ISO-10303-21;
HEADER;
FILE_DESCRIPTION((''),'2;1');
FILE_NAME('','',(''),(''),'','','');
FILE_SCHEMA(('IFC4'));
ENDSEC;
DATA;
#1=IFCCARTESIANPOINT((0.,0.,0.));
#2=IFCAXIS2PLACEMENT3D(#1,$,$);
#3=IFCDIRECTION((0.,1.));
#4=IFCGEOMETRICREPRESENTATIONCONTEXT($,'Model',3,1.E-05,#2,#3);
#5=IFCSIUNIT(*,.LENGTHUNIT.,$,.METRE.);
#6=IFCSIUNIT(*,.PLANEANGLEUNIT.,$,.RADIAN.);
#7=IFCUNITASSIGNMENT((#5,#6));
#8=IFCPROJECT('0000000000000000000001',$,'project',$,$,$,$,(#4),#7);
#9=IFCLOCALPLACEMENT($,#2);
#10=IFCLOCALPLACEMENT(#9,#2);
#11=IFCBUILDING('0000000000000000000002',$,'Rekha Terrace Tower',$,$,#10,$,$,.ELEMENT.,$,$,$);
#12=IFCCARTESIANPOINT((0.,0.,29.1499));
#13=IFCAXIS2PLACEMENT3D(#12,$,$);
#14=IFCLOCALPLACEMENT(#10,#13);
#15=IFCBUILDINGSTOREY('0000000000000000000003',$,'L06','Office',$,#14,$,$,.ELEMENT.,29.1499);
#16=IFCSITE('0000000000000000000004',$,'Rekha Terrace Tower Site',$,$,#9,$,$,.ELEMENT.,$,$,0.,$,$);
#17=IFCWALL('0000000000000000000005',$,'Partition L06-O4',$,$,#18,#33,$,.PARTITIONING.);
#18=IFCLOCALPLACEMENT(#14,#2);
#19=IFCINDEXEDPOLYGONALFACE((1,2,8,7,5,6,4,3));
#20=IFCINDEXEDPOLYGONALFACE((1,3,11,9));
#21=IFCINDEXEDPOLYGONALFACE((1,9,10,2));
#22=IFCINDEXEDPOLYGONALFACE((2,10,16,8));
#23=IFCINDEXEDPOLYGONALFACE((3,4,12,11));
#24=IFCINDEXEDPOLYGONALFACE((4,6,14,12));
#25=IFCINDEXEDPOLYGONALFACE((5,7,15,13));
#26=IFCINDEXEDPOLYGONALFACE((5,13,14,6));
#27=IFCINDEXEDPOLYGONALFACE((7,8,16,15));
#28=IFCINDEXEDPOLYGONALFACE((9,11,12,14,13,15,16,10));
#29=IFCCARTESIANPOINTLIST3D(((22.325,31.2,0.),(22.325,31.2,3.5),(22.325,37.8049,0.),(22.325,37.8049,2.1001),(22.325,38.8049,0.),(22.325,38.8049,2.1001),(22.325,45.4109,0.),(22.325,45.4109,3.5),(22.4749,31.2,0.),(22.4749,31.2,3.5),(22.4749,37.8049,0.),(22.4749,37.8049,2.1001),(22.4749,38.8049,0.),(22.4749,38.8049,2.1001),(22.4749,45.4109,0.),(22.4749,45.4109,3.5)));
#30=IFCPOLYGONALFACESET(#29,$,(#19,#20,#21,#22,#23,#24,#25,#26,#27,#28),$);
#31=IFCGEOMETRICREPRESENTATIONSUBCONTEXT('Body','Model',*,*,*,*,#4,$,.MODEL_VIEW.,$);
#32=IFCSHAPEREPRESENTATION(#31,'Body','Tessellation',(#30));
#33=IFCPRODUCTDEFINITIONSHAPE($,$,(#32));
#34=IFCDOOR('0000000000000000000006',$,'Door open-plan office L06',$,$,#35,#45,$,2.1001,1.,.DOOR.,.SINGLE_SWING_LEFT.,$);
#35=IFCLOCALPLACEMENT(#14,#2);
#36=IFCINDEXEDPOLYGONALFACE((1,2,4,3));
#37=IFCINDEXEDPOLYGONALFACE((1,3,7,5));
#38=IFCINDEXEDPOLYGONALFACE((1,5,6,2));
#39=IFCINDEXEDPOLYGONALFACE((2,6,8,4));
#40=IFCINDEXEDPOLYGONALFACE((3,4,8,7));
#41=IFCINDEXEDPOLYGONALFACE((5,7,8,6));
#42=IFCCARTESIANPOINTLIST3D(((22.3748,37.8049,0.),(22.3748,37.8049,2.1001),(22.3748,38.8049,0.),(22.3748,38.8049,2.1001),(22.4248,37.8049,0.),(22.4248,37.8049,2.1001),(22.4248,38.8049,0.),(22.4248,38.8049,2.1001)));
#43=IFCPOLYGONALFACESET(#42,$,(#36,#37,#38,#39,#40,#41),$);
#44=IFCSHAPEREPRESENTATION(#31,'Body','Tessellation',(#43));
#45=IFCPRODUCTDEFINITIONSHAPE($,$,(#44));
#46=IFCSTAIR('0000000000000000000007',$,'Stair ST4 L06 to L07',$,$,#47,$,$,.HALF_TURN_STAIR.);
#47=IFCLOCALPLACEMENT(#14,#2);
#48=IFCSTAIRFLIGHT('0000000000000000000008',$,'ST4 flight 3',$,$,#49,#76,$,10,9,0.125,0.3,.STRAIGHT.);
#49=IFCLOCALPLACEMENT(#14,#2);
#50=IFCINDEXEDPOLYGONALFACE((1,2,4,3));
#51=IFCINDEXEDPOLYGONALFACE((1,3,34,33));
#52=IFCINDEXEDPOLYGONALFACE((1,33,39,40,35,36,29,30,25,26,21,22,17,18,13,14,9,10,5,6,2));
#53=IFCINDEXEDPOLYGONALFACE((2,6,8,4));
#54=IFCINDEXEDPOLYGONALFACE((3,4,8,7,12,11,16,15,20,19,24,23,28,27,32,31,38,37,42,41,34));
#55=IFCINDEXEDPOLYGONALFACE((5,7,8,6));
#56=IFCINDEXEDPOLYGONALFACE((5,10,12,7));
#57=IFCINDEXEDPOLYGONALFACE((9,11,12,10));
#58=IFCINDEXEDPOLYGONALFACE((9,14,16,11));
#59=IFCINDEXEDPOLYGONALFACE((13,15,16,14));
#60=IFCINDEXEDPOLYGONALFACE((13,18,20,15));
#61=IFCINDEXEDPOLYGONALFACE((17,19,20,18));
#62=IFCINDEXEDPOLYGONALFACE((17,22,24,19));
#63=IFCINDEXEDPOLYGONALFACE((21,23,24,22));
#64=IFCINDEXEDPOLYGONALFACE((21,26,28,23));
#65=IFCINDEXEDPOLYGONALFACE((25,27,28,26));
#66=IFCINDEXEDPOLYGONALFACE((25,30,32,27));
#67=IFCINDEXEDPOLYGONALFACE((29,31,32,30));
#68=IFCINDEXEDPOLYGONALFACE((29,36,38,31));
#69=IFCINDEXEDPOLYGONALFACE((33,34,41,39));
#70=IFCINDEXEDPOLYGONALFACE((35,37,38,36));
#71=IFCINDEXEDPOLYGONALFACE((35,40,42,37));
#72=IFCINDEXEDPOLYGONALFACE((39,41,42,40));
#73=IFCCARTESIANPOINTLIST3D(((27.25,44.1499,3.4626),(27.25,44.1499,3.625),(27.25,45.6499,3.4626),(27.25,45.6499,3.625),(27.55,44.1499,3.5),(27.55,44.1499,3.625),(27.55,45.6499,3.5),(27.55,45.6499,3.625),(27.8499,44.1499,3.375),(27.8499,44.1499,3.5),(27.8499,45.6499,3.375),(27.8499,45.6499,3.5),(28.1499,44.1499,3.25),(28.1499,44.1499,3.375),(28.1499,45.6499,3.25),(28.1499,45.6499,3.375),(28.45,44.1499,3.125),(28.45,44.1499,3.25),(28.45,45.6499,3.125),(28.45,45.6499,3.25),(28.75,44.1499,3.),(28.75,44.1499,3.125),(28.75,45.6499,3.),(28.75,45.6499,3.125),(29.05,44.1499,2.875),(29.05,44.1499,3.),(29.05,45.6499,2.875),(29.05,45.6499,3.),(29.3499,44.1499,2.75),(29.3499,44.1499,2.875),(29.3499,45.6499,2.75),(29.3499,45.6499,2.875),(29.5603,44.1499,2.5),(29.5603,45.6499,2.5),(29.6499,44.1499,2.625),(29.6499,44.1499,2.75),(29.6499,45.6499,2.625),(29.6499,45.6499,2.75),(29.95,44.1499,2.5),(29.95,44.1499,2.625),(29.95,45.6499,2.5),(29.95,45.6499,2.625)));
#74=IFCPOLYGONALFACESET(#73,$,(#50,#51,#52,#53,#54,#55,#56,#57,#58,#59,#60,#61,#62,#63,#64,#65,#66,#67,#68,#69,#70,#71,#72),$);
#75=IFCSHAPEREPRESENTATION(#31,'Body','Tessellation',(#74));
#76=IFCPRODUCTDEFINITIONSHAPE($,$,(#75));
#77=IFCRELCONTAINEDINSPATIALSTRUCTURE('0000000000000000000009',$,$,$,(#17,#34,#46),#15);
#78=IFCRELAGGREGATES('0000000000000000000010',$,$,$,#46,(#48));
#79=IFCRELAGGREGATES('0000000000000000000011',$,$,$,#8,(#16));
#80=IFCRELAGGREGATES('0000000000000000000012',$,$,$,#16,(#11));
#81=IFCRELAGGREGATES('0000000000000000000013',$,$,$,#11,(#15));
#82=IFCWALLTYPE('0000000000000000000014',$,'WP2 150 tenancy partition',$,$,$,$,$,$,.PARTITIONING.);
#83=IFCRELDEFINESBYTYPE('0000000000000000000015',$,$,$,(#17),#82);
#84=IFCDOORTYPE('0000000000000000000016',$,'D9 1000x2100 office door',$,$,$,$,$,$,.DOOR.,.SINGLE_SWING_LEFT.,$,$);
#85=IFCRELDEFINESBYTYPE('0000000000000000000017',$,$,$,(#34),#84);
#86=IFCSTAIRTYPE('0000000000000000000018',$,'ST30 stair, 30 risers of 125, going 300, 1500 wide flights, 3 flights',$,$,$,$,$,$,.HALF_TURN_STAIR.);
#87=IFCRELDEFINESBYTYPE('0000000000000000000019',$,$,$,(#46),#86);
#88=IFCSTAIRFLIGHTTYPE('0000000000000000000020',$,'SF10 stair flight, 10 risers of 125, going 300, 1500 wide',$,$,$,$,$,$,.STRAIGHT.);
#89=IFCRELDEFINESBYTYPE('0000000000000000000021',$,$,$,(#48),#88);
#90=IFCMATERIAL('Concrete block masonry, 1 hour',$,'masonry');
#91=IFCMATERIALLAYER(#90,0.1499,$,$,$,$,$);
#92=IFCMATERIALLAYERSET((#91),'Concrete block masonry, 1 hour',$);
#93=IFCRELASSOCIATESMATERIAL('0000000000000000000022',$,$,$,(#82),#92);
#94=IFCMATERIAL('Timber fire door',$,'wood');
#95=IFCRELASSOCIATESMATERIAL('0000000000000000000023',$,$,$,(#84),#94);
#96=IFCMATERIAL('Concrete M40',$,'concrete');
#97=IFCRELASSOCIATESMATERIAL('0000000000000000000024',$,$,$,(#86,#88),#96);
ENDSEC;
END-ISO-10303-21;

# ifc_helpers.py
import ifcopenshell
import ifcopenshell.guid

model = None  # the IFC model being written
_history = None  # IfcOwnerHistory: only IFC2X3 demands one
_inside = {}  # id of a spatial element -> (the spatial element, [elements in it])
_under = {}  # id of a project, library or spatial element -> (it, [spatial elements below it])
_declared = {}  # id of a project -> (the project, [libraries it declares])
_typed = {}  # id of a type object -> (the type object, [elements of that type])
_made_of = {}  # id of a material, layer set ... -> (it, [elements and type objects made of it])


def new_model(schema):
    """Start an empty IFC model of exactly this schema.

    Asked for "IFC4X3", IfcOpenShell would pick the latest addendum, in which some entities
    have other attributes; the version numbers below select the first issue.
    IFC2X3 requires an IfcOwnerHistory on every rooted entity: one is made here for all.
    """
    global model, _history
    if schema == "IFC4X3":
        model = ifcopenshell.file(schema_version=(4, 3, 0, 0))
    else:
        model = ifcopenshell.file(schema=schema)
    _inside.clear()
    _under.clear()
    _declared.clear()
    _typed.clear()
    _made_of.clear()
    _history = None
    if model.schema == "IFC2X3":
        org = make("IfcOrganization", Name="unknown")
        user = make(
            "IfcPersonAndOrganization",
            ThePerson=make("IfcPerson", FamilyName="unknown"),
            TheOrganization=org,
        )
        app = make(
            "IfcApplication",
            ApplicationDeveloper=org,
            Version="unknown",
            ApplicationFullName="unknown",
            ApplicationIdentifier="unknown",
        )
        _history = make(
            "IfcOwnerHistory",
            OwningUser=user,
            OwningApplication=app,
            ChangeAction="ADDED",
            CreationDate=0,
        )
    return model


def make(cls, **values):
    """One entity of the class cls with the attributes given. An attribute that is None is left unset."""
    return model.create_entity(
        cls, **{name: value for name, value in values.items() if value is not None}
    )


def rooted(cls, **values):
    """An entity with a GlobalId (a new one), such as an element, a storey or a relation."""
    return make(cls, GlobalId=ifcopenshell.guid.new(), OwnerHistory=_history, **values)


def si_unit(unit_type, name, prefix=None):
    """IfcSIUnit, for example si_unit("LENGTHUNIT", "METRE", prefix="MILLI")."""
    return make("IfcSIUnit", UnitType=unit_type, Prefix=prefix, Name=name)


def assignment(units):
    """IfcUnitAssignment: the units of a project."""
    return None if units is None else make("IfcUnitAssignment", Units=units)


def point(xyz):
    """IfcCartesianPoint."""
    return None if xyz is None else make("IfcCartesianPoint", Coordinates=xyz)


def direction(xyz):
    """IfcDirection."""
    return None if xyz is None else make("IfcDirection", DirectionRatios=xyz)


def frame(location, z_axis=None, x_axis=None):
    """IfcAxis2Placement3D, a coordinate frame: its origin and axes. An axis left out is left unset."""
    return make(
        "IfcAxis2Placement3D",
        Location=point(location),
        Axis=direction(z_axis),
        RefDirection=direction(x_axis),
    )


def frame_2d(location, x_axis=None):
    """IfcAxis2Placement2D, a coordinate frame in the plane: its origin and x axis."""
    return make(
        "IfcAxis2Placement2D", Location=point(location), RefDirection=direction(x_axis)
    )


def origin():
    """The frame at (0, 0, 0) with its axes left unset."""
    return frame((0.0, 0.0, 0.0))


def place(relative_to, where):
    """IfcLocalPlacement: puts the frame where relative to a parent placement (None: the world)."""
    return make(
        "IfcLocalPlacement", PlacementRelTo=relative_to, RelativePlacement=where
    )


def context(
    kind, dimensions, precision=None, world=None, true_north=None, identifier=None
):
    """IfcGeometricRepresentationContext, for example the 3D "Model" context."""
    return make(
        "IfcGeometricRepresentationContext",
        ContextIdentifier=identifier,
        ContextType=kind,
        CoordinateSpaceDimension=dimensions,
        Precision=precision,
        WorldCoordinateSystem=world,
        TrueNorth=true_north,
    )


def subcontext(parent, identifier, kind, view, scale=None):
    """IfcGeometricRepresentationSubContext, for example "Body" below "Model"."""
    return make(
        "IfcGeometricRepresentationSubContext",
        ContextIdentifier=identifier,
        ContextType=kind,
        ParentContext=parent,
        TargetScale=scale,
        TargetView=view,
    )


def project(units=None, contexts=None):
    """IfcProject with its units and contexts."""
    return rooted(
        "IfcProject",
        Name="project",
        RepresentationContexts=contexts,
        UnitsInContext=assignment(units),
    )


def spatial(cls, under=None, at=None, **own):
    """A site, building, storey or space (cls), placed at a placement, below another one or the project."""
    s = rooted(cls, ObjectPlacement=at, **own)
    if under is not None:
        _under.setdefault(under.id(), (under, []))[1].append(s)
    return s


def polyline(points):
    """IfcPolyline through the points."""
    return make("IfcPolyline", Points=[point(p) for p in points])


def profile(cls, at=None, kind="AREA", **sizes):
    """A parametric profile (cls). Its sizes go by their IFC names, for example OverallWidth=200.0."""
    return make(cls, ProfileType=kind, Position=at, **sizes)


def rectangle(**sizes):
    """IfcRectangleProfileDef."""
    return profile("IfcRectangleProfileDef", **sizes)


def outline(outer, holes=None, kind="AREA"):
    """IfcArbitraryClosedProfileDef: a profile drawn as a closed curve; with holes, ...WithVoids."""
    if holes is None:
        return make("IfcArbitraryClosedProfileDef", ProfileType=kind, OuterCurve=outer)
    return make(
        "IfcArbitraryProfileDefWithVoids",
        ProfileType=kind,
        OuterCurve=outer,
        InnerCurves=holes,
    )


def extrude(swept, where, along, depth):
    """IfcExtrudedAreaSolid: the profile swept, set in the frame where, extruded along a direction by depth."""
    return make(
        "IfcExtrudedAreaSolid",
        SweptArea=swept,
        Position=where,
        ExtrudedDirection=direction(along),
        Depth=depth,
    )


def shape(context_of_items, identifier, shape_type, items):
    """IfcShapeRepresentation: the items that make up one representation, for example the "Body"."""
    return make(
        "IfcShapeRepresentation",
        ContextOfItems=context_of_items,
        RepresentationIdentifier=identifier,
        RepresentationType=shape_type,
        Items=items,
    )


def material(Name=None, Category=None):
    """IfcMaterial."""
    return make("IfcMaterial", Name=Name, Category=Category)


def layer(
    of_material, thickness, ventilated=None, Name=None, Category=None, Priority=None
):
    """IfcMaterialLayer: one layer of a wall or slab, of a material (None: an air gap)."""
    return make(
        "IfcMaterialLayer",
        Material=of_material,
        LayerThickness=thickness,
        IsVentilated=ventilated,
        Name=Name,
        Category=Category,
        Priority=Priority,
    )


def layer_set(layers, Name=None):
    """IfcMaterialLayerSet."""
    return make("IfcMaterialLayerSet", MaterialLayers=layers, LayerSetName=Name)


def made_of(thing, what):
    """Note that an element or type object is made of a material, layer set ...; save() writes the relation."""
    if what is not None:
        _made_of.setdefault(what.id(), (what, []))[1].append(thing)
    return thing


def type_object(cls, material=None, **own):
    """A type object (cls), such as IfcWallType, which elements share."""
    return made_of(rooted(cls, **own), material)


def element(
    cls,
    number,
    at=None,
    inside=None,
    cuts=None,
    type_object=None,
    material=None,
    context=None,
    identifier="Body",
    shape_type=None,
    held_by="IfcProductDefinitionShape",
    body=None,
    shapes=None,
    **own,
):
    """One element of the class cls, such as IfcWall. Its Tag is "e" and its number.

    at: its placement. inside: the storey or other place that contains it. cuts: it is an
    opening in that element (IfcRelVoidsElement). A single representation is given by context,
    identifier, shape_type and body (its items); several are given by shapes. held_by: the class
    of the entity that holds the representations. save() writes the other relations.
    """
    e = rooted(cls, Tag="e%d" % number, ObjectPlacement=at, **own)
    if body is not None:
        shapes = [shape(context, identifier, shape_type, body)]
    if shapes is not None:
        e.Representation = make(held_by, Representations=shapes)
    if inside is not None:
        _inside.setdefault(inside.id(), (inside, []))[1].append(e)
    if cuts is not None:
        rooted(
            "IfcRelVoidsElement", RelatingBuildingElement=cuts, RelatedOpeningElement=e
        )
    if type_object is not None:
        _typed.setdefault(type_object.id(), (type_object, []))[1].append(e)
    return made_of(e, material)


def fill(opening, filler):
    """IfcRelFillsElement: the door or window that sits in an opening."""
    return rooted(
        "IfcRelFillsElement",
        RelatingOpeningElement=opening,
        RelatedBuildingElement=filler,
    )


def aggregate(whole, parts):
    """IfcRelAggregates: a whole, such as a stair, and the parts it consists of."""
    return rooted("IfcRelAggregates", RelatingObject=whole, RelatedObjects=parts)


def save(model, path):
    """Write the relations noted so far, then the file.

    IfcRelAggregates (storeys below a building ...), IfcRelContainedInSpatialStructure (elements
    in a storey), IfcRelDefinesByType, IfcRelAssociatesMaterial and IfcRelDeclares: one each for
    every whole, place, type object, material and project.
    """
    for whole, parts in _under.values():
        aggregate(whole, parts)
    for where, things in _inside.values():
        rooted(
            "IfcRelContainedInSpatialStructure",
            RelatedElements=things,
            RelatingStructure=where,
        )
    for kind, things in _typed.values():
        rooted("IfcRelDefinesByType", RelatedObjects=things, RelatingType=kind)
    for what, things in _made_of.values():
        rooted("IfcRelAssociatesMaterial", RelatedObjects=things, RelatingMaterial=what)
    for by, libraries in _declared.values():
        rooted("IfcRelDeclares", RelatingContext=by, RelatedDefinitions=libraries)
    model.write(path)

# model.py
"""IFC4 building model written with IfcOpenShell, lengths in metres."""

from ifc_helpers import new_model, si_unit, direction, frame, frame_2d, origin, place, context, subcontext, project, spatial, polyline, rectangle, outline, extrude, material, layer, layer_set, type_object, element, fill, aggregate, save


model = new_model("IFC4")

# Units and contexts
model_context = context("Model", 3, precision=1e-05, world=origin(), true_north=direction((0.0, 1.0)))
body_context = subcontext(model_context, "Body", "Model", "MODEL_VIEW")
ifc_project = project(units=[si_unit("LENGTHUNIT", "METRE"), si_unit("PLANEANGLEUNIT", "RADIAN")], contexts=[model_context])

# Site, building, storey
site_placement = place(None, origin())
site = spatial("IfcSite", under=ifc_project, at=site_placement, Name="Rekha Terrace Tower Site", CompositionType="ELEMENT", RefElevation=0.0)
building_placement = place(site_placement, origin())
building = spatial("IfcBuilding", under=site, at=building_placement, Name="Rekha Terrace Tower", CompositionType="ELEMENT")
storey_placement = place(building_placement, frame((0.0, 0.0, 29.1499)))
storey = spatial("IfcBuildingStorey", under=building, at=storey_placement, Name="L06", Description="Office", CompositionType="ELEMENT", Elevation=29.1499)

# Shared definitions
ifc_material_1 = material(Name="Concrete block masonry, 1 hour", Category="masonry")
ifc_layer_1 = layer(ifc_material_1, 0.1499)
ifc_layer_set_1 = layer_set([ifc_layer_1], Name="Concrete block masonry, 1 hour")
wall_type_1 = type_object("IfcWallType", Name="WP2 150 tenancy partition", PredefinedType="PARTITIONING", material=ifc_layer_set_1)

# Shared definitions
ifc_material_2 = material(Name="Timber fire door", Category="wood")
door_type_1 = type_object("IfcDoorType", Name="D9 1000x2100 office door", OperationType="SINGLE_SWING_LEFT", PredefinedType="DOOR", material=ifc_material_2)

# Wall, opening, door
wall_1_placement = place(storey_placement, frame((22.3999, 45.4109, 0.0), z_axis=(0.0, 0.0, 1.0), x_axis=(0.0, -1.0, 0.0)))
wall_1 = element("IfcWall", 1, at=wall_1_placement, inside=storey, type_object=wall_type_1, Name="Partition L06-O4", PredefinedType="PARTITIONING", context=body_context, shape_type="SweptSolid", body=[
    extrude(rectangle(XDim=14.2109, YDim=0.1499, at=frame_2d((7.1055, 0.0))), origin(), (0.0, 0.0, 1.0), 3.5),
])
opening_1_placement = place(wall_1_placement, frame((6.606, 0.0, 0.0)))
opening_1 = element("IfcOpeningElement", 2, at=opening_1_placement, cuts=wall_1, PredefinedType="OPENING", context=body_context, shape_type="SweptSolid", body=[
    extrude(rectangle(XDim=1.0, YDim=2.1001, at=frame_2d((0.5, 1.05))), frame((0.0, 0.085, 0.0), z_axis=(0.0, -1.0, 0.0), x_axis=(1.0, 0.0, 0.0)), (0.0, 0.0, 1.0), 0.1699),
])
door_1_placement = place(opening_1_placement, origin())
door_1 = element("IfcDoor", 3, at=door_1_placement, inside=storey, type_object=door_type_1, Name="Door open-plan office L06", OperationType="SINGLE_SWING_LEFT", OverallHeight=2.1001, OverallWidth=1.0, PredefinedType="DOOR", context=body_context, shape_type="SweptSolid", body=[
    extrude(rectangle(XDim=1.0, YDim=2.1001, at=frame_2d((0.5, 1.05))), frame((0.0, 0.0249, 0.0), z_axis=(0.0, -1.0, 0.0), x_axis=(1.0, 0.0, 0.0)), (0.0, 0.0, 1.0), 0.05),
])
fill(opening_1, door_1)

# Stair, stair flight
ifc_material_3 = material(Name="Concrete M40", Category="concrete")
stair_type = type_object("IfcStairType", Name="ST30 stair, 30 risers of 125, going 300, 1500 wide flights, 3 flights", PredefinedType="HALF_TURN_STAIR", material=ifc_material_3)
stair_placement = place(storey_placement, origin())
stair = element("IfcStair", 4, at=stair_placement, inside=storey, type_object=stair_type, Name="Stair ST4 L06 to L07", PredefinedType="HALF_TURN_STAIR")
stair_flight_type = type_object("IfcStairFlightType", Name="SF10 stair flight, 10 risers of 125, going 300, 1500 wide", PredefinedType="STRAIGHT", material=ifc_material_3)
stair_flight_placement = place(storey_placement, frame((29.95, 44.8999, 2.5), z_axis=(0.0, 0.0, 1.0), x_axis=(-1.0, 0.0, 0.0)))
stair_flight = element("IfcStairFlight", 5, at=stair_flight_placement, type_object=stair_flight_type, Name="ST4 flight 3", NumberOfRisers=10, NumberOfTreads=9, PredefinedType="STRAIGHT", RiserHeight=0.125, TreadLength=0.3, context=body_context, shape_type="SweptSolid", body=[
    extrude(outline(polyline([(0.0, 0.0), (0.0, 0.125), (0.3, 0.125), (0.3, 0.25), (0.6001, 0.25), (0.6001, 0.375), (0.8999, 0.375), (0.8999, 0.5), (1.2, 0.5), (1.2, 0.625), (1.5, 0.625), (1.5, 0.75), (1.8, 0.75), (1.8, 0.875), (2.1001, 0.875), (2.1001, 1.0), (2.3999, 1.0), (2.3999, 1.125), (2.7, 1.125), (2.7, 1.25), (2.7, 0.9626), (0.3896, 0.0), (0.0, 0.0)])), frame((0.0, 0.75, 0.0), z_axis=(0.0, -1.0, 0.0), x_axis=(1.0, 0.0, 0.0)), (0.0, 0.0, 1.0), 1.5),
])
aggregate(stair, [stair_flight])

save(model, "model.ifc")
